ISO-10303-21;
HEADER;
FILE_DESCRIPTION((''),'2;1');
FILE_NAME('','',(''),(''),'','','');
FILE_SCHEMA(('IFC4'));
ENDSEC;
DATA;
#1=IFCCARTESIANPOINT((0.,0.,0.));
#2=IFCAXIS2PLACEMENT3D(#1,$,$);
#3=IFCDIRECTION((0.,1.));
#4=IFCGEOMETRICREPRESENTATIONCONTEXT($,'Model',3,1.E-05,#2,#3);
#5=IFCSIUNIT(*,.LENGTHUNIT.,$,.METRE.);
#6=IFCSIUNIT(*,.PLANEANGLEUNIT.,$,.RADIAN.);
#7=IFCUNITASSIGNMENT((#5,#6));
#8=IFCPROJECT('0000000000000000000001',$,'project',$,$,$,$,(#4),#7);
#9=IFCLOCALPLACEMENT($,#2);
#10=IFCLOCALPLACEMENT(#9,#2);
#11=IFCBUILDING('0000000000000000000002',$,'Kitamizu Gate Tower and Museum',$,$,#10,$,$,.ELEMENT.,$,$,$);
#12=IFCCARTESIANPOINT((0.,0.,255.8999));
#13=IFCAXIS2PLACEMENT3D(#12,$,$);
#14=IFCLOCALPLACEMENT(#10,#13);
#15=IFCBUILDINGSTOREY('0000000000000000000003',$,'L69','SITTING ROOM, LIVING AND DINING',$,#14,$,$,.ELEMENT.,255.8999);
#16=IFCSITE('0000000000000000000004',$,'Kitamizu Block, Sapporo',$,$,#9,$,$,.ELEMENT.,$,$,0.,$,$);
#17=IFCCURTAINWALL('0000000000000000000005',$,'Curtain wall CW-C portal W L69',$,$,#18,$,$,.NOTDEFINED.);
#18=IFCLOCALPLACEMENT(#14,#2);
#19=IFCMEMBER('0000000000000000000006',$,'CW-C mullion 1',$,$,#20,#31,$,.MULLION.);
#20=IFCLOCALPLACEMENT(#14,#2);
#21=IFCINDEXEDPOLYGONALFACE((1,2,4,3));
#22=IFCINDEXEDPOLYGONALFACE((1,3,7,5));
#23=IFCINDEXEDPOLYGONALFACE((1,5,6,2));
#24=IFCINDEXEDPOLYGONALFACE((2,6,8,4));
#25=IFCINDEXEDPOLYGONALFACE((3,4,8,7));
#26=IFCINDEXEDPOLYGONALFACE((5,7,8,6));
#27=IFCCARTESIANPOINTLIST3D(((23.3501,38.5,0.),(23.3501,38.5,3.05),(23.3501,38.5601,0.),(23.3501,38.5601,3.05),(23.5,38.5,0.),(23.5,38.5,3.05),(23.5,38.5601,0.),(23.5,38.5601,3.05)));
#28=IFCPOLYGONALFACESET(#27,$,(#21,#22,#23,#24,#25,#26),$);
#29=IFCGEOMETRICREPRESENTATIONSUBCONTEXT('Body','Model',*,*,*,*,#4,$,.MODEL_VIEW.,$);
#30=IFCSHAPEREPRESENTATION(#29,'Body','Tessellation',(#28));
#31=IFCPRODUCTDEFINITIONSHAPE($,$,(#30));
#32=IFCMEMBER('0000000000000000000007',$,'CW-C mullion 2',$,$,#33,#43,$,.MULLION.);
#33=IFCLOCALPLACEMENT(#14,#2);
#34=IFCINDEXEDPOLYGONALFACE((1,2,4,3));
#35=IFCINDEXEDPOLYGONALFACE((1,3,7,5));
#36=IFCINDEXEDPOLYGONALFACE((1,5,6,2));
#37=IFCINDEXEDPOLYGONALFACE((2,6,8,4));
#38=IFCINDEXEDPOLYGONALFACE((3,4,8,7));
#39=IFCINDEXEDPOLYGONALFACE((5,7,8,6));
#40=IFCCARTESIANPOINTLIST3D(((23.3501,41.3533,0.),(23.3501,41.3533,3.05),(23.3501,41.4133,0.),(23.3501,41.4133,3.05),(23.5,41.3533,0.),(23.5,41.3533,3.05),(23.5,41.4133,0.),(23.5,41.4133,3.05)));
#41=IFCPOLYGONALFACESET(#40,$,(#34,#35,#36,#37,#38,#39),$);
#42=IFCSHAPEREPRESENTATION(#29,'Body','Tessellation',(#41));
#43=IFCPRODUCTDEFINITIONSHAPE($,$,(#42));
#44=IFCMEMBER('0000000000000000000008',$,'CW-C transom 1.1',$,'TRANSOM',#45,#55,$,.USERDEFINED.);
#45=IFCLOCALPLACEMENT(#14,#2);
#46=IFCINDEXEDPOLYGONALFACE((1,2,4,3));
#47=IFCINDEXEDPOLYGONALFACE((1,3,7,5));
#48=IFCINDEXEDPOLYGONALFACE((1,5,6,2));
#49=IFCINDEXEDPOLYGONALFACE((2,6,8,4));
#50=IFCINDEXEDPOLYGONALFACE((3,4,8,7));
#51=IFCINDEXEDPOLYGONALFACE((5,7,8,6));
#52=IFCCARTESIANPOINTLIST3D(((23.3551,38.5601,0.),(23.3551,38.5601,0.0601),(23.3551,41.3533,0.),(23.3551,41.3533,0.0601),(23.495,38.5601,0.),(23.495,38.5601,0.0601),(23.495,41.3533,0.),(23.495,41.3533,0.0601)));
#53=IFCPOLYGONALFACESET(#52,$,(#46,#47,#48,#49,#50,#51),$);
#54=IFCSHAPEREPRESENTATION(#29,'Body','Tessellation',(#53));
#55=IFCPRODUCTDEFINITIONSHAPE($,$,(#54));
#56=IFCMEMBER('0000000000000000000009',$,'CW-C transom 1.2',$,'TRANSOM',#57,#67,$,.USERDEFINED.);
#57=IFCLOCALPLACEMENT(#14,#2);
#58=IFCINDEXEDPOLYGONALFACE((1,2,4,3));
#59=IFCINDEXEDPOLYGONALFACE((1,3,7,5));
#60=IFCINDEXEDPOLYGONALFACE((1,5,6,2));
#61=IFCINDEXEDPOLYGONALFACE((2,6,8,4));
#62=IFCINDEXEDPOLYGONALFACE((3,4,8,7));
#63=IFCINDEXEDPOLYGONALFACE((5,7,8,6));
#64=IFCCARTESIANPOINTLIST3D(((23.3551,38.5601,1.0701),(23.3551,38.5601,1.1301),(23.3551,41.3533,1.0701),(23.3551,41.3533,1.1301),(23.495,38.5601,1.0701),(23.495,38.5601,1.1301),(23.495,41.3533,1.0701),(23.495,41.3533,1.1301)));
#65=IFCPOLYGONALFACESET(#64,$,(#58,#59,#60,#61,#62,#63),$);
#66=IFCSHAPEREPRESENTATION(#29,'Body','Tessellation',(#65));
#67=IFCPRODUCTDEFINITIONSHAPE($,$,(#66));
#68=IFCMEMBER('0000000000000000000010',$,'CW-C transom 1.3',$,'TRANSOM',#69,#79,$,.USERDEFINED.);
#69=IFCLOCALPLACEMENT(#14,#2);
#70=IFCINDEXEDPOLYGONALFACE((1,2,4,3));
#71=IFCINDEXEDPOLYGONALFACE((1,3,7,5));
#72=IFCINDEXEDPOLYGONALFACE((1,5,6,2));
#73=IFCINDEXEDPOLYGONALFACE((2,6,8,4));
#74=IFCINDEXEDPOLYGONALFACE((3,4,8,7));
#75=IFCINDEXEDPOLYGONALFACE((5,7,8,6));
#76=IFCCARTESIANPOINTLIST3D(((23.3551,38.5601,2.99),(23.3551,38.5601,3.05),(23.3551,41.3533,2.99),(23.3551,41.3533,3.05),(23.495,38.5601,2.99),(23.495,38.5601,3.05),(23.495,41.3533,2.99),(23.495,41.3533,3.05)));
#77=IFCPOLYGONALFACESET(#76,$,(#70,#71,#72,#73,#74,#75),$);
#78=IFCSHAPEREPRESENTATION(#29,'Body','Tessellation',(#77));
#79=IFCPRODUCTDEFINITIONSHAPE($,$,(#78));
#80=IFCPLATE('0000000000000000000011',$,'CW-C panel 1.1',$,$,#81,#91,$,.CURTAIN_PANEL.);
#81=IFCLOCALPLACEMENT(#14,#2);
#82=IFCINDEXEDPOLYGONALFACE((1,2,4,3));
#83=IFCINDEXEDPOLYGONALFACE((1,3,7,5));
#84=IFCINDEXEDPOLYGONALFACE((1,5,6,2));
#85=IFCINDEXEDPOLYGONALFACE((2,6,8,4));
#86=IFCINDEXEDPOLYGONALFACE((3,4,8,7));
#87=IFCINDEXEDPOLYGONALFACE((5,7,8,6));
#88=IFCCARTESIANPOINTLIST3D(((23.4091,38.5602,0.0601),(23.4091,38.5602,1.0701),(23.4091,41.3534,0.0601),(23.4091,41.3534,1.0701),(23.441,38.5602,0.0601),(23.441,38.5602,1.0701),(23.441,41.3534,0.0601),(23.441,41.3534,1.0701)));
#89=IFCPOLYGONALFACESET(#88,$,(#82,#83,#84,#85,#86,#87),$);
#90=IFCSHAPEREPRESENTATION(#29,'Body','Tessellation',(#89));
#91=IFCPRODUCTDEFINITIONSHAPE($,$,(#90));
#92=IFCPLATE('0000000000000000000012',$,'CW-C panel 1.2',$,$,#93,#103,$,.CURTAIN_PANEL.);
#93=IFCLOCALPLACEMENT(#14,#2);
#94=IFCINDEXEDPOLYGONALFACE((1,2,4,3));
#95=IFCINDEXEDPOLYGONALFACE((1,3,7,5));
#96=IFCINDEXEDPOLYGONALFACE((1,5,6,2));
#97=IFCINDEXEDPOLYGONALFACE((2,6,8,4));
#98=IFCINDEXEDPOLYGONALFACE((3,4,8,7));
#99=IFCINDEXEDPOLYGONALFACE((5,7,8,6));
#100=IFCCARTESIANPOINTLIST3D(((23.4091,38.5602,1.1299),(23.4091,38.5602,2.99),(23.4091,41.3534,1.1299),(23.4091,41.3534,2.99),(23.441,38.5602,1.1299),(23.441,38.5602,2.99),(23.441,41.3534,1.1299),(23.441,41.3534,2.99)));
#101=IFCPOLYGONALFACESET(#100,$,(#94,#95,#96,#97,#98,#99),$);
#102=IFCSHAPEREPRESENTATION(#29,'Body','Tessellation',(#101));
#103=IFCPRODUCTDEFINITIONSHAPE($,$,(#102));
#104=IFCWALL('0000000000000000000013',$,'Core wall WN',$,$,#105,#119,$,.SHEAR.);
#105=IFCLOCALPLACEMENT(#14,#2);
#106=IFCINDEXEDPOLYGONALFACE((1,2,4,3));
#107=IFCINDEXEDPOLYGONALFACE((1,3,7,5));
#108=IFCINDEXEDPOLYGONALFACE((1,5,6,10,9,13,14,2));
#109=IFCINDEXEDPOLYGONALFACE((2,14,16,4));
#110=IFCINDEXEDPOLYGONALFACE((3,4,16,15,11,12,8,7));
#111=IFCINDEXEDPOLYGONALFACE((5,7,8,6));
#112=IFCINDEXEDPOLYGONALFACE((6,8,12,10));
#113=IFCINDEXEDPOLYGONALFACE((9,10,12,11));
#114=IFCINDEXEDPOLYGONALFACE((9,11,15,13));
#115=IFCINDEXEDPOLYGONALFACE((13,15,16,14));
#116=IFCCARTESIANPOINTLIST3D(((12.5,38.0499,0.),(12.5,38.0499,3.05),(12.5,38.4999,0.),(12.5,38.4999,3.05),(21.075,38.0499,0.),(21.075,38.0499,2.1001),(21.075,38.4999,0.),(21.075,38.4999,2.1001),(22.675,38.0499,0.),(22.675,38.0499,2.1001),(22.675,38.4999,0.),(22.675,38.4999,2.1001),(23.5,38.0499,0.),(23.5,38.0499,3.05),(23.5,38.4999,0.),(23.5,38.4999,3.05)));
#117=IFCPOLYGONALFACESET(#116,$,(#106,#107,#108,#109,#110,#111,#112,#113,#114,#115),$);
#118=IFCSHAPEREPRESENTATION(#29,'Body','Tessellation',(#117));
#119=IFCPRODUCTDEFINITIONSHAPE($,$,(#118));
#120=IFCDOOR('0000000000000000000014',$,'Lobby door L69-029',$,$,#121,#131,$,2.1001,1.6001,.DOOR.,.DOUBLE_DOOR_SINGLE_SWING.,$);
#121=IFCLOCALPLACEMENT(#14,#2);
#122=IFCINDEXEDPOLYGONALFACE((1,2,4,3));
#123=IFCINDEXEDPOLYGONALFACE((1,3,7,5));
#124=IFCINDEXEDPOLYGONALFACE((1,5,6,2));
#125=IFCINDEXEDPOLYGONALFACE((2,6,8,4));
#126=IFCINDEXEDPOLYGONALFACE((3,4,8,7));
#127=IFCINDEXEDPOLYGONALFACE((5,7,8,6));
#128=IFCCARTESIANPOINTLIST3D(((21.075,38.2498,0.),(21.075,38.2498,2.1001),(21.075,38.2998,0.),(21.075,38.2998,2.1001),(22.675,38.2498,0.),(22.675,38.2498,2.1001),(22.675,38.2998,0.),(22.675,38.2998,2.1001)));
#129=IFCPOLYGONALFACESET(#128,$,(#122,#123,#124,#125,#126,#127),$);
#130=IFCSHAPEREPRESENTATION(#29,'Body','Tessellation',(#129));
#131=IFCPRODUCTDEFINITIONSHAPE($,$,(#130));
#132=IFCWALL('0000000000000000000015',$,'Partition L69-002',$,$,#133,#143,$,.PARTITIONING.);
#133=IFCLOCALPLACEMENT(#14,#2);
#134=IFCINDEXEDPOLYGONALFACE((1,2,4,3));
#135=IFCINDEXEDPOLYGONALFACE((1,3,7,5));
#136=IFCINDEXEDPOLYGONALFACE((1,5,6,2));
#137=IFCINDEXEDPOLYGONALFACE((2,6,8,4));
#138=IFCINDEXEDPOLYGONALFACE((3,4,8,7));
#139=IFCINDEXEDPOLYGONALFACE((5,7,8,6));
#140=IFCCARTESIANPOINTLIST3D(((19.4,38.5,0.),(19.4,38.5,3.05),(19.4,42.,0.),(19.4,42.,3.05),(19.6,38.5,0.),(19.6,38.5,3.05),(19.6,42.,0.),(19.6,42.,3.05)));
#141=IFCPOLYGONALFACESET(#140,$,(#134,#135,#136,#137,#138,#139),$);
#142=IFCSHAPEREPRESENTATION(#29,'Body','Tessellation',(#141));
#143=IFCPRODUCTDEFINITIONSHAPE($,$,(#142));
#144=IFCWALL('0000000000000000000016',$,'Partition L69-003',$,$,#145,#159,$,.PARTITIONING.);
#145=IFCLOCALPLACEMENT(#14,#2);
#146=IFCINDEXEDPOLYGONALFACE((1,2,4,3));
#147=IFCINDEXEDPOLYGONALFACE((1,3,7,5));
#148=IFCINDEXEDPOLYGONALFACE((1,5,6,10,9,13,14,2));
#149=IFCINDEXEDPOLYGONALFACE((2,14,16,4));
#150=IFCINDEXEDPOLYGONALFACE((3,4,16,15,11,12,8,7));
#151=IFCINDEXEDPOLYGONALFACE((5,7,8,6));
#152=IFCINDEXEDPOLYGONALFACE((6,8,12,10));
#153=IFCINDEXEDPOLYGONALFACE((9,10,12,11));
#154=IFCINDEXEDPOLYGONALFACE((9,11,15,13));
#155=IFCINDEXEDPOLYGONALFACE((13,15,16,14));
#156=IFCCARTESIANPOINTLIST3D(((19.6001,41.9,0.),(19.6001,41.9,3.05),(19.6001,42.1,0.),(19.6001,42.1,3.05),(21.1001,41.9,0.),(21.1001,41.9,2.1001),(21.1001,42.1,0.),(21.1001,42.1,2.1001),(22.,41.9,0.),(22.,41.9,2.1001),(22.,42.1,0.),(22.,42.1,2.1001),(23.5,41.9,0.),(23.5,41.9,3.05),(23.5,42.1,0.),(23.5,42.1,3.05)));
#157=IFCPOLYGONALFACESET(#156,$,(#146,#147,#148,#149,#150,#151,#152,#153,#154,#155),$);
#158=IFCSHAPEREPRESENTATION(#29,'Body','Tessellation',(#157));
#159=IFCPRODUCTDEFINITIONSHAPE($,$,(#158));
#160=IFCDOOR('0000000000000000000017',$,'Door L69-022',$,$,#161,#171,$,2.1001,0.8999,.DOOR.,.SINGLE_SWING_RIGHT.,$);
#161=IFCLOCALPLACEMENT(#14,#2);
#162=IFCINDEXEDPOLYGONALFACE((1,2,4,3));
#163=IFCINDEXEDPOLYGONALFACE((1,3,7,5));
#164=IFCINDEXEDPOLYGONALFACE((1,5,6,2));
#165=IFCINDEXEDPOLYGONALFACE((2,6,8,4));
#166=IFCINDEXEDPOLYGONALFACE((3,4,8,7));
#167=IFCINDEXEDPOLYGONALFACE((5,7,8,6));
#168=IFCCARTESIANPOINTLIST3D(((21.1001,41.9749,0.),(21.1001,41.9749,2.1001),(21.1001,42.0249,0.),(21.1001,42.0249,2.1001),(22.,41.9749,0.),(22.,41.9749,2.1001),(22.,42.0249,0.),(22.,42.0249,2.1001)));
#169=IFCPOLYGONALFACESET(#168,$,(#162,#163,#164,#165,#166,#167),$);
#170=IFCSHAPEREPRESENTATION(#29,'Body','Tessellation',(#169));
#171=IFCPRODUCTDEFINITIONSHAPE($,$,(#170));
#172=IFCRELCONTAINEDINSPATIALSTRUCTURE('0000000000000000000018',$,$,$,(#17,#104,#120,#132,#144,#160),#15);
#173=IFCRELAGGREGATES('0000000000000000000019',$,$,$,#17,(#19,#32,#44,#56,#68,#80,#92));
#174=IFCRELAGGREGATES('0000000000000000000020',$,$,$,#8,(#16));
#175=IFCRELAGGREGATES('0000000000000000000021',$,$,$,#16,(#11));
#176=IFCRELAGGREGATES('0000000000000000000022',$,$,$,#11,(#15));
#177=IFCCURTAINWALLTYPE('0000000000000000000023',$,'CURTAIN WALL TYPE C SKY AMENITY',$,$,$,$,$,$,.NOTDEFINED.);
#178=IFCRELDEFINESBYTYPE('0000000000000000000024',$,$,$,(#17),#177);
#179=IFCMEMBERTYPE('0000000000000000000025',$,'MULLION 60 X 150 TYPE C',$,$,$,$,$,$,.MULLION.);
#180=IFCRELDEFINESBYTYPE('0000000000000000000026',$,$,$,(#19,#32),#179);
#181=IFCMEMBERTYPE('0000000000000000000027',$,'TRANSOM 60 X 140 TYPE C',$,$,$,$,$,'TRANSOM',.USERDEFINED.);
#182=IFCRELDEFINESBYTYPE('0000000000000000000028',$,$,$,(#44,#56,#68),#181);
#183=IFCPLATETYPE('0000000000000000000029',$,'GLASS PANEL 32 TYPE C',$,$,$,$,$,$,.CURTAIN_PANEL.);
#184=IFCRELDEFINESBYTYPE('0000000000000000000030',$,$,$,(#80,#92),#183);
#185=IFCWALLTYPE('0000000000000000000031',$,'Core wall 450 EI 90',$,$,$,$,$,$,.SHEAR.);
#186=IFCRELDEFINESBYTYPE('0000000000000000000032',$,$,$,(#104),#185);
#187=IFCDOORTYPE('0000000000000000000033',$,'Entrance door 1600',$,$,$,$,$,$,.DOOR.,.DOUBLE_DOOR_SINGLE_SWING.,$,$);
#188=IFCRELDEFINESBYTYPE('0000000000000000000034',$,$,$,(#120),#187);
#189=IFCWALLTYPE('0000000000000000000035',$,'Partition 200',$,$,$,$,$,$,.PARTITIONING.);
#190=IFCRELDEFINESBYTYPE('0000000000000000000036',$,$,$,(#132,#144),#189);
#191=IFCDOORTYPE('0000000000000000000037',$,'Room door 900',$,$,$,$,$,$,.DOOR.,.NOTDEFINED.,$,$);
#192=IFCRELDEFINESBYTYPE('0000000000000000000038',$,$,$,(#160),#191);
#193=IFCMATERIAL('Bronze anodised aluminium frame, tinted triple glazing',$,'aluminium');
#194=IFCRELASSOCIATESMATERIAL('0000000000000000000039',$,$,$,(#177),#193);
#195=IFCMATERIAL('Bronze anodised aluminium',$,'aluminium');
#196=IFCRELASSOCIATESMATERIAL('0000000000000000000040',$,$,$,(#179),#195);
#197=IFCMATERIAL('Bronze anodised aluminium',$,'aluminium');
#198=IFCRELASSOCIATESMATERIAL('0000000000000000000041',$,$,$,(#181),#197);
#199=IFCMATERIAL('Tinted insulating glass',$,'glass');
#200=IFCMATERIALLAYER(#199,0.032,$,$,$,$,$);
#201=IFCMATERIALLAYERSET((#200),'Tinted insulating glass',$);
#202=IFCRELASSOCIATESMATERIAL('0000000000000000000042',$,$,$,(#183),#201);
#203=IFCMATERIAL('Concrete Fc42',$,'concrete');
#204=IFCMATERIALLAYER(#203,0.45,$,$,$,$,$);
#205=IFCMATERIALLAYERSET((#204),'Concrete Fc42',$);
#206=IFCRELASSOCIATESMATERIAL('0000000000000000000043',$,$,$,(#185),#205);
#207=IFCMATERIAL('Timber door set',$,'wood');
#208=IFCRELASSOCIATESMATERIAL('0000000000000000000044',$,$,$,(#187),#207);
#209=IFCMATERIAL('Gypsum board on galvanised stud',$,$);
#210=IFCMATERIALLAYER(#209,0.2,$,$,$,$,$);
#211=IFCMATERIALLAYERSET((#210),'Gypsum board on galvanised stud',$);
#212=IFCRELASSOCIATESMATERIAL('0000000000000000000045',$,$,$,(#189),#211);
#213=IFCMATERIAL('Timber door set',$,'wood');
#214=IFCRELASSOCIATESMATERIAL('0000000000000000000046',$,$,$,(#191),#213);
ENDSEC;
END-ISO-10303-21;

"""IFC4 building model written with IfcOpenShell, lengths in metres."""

from ifc_helpers import new_model, si_unit, direction, frame, frame_2d, origin, origin_2d, place, context, subcontext, project, spatial, rectangle, extrude, material, layer, layer_set, material_profile, profile_set, type_object, element, fill, aggregate, save


model = new_model("IFC4")

# Units and contexts
model_context = context("Model", 3, precision=1e-05, world=origin(), true_north=direction((0.0, 1.0)))
body_context = subcontext(model_context, "Body", "Model", "MODEL_VIEW")
ifc_project = project(units=[si_unit("LENGTHUNIT", "METRE"), si_unit("PLANEANGLEUNIT", "RADIAN")], contexts=[model_context])

# Site, building, storey
site_placement = place(None, origin())
site = spatial("IfcSite", under=ifc_project, at=site_placement, Name="Kitamizu Block, Sapporo", CompositionType="ELEMENT", RefElevation=0.0)
building_placement = place(site_placement, origin())
building = spatial("IfcBuilding", under=site, at=building_placement, Name="Kitamizu Gate Tower and Museum", CompositionType="ELEMENT")
storey_placement = place(building_placement, frame((0.0, 0.0, 255.8999)))
storey = spatial("IfcBuildingStorey", under=building, at=storey_placement, Name="L69", Description="SITTING ROOM, LIVING AND DINING", CompositionType="ELEMENT", Elevation=255.8999)

# Curtain wall, members, plates
ifc_material_1 = material(Name="Bronze anodised aluminium frame, tinted triple glazing", Category="aluminium")
curtain_wall_type = type_object("IfcCurtainWallType", Name="CURTAIN WALL TYPE C SKY AMENITY", PredefinedType="NOTDEFINED", material=ifc_material_1)
curtain_wall_placement = place(storey_placement, origin())
curtain_wall = element("IfcCurtainWall", 1, at=curtain_wall_placement, inside=storey, type_object=curtain_wall_type, Name="Curtain wall CW-C portal W L69", PredefinedType="NOTDEFINED")
ifc_material_2 = material(Name="Bronze anodised aluminium", Category="aluminium")
ifc_material_profile_1 = material_profile(ifc_material_2, rectangle(XDim=0.0601, YDim=0.1499, at=origin_2d()), Name="AL 60X150")
ifc_profile_set_1 = profile_set([ifc_material_profile_1], Name="Bronze anodised aluminium")
member_type_1 = type_object("IfcMemberType", Name="MULLION 60 X 150 TYPE C", PredefinedType="MULLION", material=ifc_profile_set_1)
member_1_placement = place(storey_placement, frame((23.425, 38.53, 0.0), z_axis=(0.0, 0.0, 1.0), x_axis=(0.0, 1.0, 0.0)))
member_1 = element("IfcMember", 2, at=member_1_placement, type_object=member_type_1, Name="CW-C mullion 1", PredefinedType="MULLION", context=body_context, shape_type="SweptSolid", body=[
    extrude(rectangle(XDim=0.0601, YDim=0.1499, at=origin_2d()), origin(), (0.0, 0.0, 1.0), 3.05),
])
member_2_placement = place(storey_placement, frame((23.425, 41.3833, 0.0), z_axis=(0.0, 0.0, 1.0), x_axis=(0.0, 1.0, 0.0)))
member_2 = element("IfcMember", 3, at=member_2_placement, type_object=member_type_1, Name="CW-C mullion 2", PredefinedType="MULLION", context=body_context, shape_type="SweptSolid", body=[
    extrude(rectangle(XDim=0.0601, YDim=0.1499, at=origin_2d()), origin(), (0.0, 0.0, 1.0), 3.05),
])
ifc_material_3 = material(Name="Bronze anodised aluminium", Category="aluminium")
ifc_material_profile_2 = material_profile(ifc_material_3, rectangle(XDim=0.1399, YDim=0.0601, at=origin_2d()), Name="AL 60X140")
ifc_profile_set_2 = profile_set([ifc_material_profile_2], Name="Bronze anodised aluminium")
member_type_2 = type_object("IfcMemberType", Name="TRANSOM 60 X 140 TYPE C", ElementType="TRANSOM", PredefinedType="USERDEFINED", material=ifc_profile_set_2)
member_3_placement = place(storey_placement, frame((23.425, 38.5601, 0.03), z_axis=(0.0, 1.0, 0.0), x_axis=(-1.0, 0.0, 0.0)))
member_3 = element("IfcMember", 4, at=member_3_placement, type_object=member_type_2, Name="CW-C transom 1.1", ObjectType="TRANSOM", PredefinedType="USERDEFINED", context=body_context, shape_type="SweptSolid", body=[
    extrude(rectangle(XDim=0.1399, YDim=0.0601, at=origin_2d()), origin(), (0.0, 0.0, 1.0), 2.7932),
])
member_4_placement = place(storey_placement, frame((23.425, 38.5601, 1.1001), z_axis=(0.0, 1.0, 0.0), x_axis=(-1.0, 0.0, 0.0)))
member_4 = element("IfcMember", 5, at=member_4_placement, type_object=member_type_2, Name="CW-C transom 1.2", ObjectType="TRANSOM", PredefinedType="USERDEFINED", context=body_context, shape_type="SweptSolid", body=[
    extrude(rectangle(XDim=0.1399, YDim=0.0601, at=origin_2d()), origin(), (0.0, 0.0, 1.0), 2.7932),
])
member_5_placement = place(storey_placement, frame((23.425, 38.5601, 3.02), z_axis=(0.0, 1.0, 0.0), x_axis=(-1.0, 0.0, 0.0)))
member_5 = element("IfcMember", 6, at=member_5_placement, type_object=member_type_2, Name="CW-C transom 1.3", ObjectType="TRANSOM", PredefinedType="USERDEFINED", context=body_context, shape_type="SweptSolid", body=[
    extrude(rectangle(XDim=0.1399, YDim=0.0601, at=origin_2d()), origin(), (0.0, 0.0, 1.0), 2.7932),
])
ifc_material_4 = material(Name="Tinted insulating glass", Category="glass")
ifc_layer_1 = layer(ifc_material_4, 0.032)
ifc_layer_set_1 = layer_set([ifc_layer_1], Name="Tinted insulating glass")
plate_type = type_object("IfcPlateType", Name="GLASS PANEL 32 TYPE C", PredefinedType="CURTAIN_PANEL", material=ifc_layer_set_1)
plate_1_placement = place(storey_placement, frame((23.425, 39.9568, 0.0601), z_axis=(0.0, 0.0, 1.0), x_axis=(0.0, 1.0, 0.0)))
plate_1 = element("IfcPlate", 7, at=plate_1_placement, type_object=plate_type, Name="CW-C panel 1.1", PredefinedType="CURTAIN_PANEL", context=body_context, shape_type="SweptSolid", body=[
    extrude(rectangle(XDim=2.7932, YDim=0.032, at=origin_2d()), origin(), (0.0, 0.0, 1.0), 1.01),
])
plate_2_placement = place(storey_placement, frame((23.425, 39.9568, 1.1299), z_axis=(0.0, 0.0, 1.0), x_axis=(0.0, 1.0, 0.0)))
plate_2 = element("IfcPlate", 8, at=plate_2_placement, type_object=plate_type, Name="CW-C panel 1.2", PredefinedType="CURTAIN_PANEL", context=body_context, shape_type="SweptSolid", body=[
    extrude(rectangle(XDim=2.7932, YDim=0.032, at=origin_2d()), origin(), (0.0, 0.0, 1.0), 1.8601),
])
aggregate(curtain_wall, [member_1, member_2, member_3, member_4, member_5, plate_1, plate_2])

# Wall, opening, door
ifc_material_5 = material(Name="Concrete Fc42", Category="concrete")
ifc_layer_2 = layer(ifc_material_5, 0.45)
ifc_layer_set_2 = layer_set([ifc_layer_2], Name="Concrete Fc42")
wall_type_1 = type_object("IfcWallType", Name="Core wall 450 EI 90", PredefinedType="SHEAR", material=ifc_layer_set_2)
wall_1_placement = place(storey_placement, frame((12.5, 38.2749, 0.0), z_axis=(0.0, 0.0, 1.0), x_axis=(1.0, 0.0, 0.0)))
wall_1 = element("IfcWall", 9, at=wall_1_placement, inside=storey, type_object=wall_type_1, Name="Core wall WN", PredefinedType="SHEAR", context=body_context, shape_type="SweptSolid", body=[
    extrude(rectangle(XDim=11.0, YDim=0.45, at=frame_2d((5.5, 0.0))), origin(), (0.0, 0.0, 1.0), 3.05),
])
opening_1_placement = place(wall_1_placement, frame((8.575, 0.0, 0.0)))
opening_1 = element("IfcOpeningElement", 10, at=opening_1_placement, cuts=wall_1, PredefinedType="OPENING", context=body_context, shape_type="SweptSolid", body=[
    extrude(rectangle(XDim=1.6001, YDim=2.1001, at=frame_2d((0.8, 1.05))), frame((0.0, 0.2349, 0.0), z_axis=(0.0, -1.0, 0.0), x_axis=(1.0, 0.0, 0.0)), (0.0, 0.0, 1.0), 0.47),
])
ifc_material_6 = material(Name="Timber door set", Category="wood")
door_type_1 = type_object("IfcDoorType", Name="Entrance door 1600", OperationType="DOUBLE_DOOR_SINGLE_SWING", PredefinedType="DOOR", material=ifc_material_6)
door_1_placement = place(opening_1_placement, origin())
door_1 = element("IfcDoor", 11, at=door_1_placement, inside=storey, type_object=door_type_1, Name="Lobby door L69-029", OperationType="DOUBLE_DOOR_SINGLE_SWING", OverallHeight=2.1001, OverallWidth=1.6001, PredefinedType="DOOR", context=body_context, shape_type="SweptSolid", body=[
    extrude(rectangle(XDim=1.6001, YDim=2.1001, at=frame_2d((0.8, 1.05))), frame((0.0, 0.0249, 0.0), z_axis=(0.0, -1.0, 0.0), x_axis=(1.0, 0.0, 0.0)), (0.0, 0.0, 1.0), 0.05),
])
fill(opening_1, door_1)

# Wall
ifc_material_7 = material(Name="Gypsum board on galvanised stud")
ifc_layer_3 = layer(ifc_material_7, 0.2)
ifc_layer_set_3 = layer_set([ifc_layer_3], Name="Gypsum board on galvanised stud")
wall_type_2 = type_object("IfcWallType", Name="Partition 200", PredefinedType="PARTITIONING", material=ifc_layer_set_3)
wall_2_placement = place(storey_placement, frame((19.5, 38.5, 0.0), z_axis=(0.0, 0.0, 1.0), x_axis=(0.0, 1.0, 0.0)))
element("IfcWall", 12, at=wall_2_placement, inside=storey, type_object=wall_type_2, Name="Partition L69-002", PredefinedType="PARTITIONING", context=body_context, shape_type="SweptSolid", body=[
    extrude(rectangle(XDim=3.5, YDim=0.2, at=frame_2d((1.75, 0.0))), origin(), (0.0, 0.0, 1.0), 3.05),
])

# Wall, opening, door
wall_3_placement = place(storey_placement, frame((19.6001, 42.0, 0.0), z_axis=(0.0, 0.0, 1.0), x_axis=(1.0, 0.0, 0.0)))
wall_3 = element("IfcWall", 13, at=wall_3_placement, inside=storey, type_object=wall_type_2, Name="Partition L69-003", PredefinedType="PARTITIONING", context=body_context, shape_type="SweptSolid", body=[
    extrude(rectangle(XDim=3.8999, YDim=0.2, at=frame_2d((1.95, 0.0))), origin(), (0.0, 0.0, 1.0), 3.05),
])
opening_2_placement = place(wall_3_placement, frame((1.5, 0.0, 0.0)))
opening_2 = element("IfcOpeningElement", 14, at=opening_2_placement, cuts=wall_3, PredefinedType="OPENING", context=body_context, shape_type="SweptSolid", body=[
    extrude(rectangle(XDim=0.8999, YDim=2.1001, at=frame_2d((0.45, 1.05))), frame((0.0, 0.1099, 0.0), z_axis=(0.0, -1.0, 0.0), x_axis=(1.0, 0.0, 0.0)), (0.0, 0.0, 1.0), 0.22),
])
ifc_material_8 = material(Name="Timber door set", Category="wood")
door_type_2 = type_object("IfcDoorType", Name="Room door 900", OperationType="NOTDEFINED", PredefinedType="DOOR", material=ifc_material_8)
door_2_placement = place(opening_2_placement, origin())
door_2 = element("IfcDoor", 15, at=door_2_placement, inside=storey, type_object=door_type_2, Name="Door L69-022", OperationType="SINGLE_SWING_RIGHT", OverallHeight=2.1001, OverallWidth=0.8999, PredefinedType="DOOR", context=body_context, shape_type="SweptSolid", body=[
    extrude(rectangle(XDim=0.8999, YDim=2.1001, at=frame_2d((0.45, 1.05))), frame((0.0, 0.0249, 0.0), z_axis=(0.0, -1.0, 0.0), x_axis=(1.0, 0.0, 0.0)), (0.0, 0.0, 1.0), 0.05),
])
fill(opening_2, door_2)

save(model, "model.ifc")
